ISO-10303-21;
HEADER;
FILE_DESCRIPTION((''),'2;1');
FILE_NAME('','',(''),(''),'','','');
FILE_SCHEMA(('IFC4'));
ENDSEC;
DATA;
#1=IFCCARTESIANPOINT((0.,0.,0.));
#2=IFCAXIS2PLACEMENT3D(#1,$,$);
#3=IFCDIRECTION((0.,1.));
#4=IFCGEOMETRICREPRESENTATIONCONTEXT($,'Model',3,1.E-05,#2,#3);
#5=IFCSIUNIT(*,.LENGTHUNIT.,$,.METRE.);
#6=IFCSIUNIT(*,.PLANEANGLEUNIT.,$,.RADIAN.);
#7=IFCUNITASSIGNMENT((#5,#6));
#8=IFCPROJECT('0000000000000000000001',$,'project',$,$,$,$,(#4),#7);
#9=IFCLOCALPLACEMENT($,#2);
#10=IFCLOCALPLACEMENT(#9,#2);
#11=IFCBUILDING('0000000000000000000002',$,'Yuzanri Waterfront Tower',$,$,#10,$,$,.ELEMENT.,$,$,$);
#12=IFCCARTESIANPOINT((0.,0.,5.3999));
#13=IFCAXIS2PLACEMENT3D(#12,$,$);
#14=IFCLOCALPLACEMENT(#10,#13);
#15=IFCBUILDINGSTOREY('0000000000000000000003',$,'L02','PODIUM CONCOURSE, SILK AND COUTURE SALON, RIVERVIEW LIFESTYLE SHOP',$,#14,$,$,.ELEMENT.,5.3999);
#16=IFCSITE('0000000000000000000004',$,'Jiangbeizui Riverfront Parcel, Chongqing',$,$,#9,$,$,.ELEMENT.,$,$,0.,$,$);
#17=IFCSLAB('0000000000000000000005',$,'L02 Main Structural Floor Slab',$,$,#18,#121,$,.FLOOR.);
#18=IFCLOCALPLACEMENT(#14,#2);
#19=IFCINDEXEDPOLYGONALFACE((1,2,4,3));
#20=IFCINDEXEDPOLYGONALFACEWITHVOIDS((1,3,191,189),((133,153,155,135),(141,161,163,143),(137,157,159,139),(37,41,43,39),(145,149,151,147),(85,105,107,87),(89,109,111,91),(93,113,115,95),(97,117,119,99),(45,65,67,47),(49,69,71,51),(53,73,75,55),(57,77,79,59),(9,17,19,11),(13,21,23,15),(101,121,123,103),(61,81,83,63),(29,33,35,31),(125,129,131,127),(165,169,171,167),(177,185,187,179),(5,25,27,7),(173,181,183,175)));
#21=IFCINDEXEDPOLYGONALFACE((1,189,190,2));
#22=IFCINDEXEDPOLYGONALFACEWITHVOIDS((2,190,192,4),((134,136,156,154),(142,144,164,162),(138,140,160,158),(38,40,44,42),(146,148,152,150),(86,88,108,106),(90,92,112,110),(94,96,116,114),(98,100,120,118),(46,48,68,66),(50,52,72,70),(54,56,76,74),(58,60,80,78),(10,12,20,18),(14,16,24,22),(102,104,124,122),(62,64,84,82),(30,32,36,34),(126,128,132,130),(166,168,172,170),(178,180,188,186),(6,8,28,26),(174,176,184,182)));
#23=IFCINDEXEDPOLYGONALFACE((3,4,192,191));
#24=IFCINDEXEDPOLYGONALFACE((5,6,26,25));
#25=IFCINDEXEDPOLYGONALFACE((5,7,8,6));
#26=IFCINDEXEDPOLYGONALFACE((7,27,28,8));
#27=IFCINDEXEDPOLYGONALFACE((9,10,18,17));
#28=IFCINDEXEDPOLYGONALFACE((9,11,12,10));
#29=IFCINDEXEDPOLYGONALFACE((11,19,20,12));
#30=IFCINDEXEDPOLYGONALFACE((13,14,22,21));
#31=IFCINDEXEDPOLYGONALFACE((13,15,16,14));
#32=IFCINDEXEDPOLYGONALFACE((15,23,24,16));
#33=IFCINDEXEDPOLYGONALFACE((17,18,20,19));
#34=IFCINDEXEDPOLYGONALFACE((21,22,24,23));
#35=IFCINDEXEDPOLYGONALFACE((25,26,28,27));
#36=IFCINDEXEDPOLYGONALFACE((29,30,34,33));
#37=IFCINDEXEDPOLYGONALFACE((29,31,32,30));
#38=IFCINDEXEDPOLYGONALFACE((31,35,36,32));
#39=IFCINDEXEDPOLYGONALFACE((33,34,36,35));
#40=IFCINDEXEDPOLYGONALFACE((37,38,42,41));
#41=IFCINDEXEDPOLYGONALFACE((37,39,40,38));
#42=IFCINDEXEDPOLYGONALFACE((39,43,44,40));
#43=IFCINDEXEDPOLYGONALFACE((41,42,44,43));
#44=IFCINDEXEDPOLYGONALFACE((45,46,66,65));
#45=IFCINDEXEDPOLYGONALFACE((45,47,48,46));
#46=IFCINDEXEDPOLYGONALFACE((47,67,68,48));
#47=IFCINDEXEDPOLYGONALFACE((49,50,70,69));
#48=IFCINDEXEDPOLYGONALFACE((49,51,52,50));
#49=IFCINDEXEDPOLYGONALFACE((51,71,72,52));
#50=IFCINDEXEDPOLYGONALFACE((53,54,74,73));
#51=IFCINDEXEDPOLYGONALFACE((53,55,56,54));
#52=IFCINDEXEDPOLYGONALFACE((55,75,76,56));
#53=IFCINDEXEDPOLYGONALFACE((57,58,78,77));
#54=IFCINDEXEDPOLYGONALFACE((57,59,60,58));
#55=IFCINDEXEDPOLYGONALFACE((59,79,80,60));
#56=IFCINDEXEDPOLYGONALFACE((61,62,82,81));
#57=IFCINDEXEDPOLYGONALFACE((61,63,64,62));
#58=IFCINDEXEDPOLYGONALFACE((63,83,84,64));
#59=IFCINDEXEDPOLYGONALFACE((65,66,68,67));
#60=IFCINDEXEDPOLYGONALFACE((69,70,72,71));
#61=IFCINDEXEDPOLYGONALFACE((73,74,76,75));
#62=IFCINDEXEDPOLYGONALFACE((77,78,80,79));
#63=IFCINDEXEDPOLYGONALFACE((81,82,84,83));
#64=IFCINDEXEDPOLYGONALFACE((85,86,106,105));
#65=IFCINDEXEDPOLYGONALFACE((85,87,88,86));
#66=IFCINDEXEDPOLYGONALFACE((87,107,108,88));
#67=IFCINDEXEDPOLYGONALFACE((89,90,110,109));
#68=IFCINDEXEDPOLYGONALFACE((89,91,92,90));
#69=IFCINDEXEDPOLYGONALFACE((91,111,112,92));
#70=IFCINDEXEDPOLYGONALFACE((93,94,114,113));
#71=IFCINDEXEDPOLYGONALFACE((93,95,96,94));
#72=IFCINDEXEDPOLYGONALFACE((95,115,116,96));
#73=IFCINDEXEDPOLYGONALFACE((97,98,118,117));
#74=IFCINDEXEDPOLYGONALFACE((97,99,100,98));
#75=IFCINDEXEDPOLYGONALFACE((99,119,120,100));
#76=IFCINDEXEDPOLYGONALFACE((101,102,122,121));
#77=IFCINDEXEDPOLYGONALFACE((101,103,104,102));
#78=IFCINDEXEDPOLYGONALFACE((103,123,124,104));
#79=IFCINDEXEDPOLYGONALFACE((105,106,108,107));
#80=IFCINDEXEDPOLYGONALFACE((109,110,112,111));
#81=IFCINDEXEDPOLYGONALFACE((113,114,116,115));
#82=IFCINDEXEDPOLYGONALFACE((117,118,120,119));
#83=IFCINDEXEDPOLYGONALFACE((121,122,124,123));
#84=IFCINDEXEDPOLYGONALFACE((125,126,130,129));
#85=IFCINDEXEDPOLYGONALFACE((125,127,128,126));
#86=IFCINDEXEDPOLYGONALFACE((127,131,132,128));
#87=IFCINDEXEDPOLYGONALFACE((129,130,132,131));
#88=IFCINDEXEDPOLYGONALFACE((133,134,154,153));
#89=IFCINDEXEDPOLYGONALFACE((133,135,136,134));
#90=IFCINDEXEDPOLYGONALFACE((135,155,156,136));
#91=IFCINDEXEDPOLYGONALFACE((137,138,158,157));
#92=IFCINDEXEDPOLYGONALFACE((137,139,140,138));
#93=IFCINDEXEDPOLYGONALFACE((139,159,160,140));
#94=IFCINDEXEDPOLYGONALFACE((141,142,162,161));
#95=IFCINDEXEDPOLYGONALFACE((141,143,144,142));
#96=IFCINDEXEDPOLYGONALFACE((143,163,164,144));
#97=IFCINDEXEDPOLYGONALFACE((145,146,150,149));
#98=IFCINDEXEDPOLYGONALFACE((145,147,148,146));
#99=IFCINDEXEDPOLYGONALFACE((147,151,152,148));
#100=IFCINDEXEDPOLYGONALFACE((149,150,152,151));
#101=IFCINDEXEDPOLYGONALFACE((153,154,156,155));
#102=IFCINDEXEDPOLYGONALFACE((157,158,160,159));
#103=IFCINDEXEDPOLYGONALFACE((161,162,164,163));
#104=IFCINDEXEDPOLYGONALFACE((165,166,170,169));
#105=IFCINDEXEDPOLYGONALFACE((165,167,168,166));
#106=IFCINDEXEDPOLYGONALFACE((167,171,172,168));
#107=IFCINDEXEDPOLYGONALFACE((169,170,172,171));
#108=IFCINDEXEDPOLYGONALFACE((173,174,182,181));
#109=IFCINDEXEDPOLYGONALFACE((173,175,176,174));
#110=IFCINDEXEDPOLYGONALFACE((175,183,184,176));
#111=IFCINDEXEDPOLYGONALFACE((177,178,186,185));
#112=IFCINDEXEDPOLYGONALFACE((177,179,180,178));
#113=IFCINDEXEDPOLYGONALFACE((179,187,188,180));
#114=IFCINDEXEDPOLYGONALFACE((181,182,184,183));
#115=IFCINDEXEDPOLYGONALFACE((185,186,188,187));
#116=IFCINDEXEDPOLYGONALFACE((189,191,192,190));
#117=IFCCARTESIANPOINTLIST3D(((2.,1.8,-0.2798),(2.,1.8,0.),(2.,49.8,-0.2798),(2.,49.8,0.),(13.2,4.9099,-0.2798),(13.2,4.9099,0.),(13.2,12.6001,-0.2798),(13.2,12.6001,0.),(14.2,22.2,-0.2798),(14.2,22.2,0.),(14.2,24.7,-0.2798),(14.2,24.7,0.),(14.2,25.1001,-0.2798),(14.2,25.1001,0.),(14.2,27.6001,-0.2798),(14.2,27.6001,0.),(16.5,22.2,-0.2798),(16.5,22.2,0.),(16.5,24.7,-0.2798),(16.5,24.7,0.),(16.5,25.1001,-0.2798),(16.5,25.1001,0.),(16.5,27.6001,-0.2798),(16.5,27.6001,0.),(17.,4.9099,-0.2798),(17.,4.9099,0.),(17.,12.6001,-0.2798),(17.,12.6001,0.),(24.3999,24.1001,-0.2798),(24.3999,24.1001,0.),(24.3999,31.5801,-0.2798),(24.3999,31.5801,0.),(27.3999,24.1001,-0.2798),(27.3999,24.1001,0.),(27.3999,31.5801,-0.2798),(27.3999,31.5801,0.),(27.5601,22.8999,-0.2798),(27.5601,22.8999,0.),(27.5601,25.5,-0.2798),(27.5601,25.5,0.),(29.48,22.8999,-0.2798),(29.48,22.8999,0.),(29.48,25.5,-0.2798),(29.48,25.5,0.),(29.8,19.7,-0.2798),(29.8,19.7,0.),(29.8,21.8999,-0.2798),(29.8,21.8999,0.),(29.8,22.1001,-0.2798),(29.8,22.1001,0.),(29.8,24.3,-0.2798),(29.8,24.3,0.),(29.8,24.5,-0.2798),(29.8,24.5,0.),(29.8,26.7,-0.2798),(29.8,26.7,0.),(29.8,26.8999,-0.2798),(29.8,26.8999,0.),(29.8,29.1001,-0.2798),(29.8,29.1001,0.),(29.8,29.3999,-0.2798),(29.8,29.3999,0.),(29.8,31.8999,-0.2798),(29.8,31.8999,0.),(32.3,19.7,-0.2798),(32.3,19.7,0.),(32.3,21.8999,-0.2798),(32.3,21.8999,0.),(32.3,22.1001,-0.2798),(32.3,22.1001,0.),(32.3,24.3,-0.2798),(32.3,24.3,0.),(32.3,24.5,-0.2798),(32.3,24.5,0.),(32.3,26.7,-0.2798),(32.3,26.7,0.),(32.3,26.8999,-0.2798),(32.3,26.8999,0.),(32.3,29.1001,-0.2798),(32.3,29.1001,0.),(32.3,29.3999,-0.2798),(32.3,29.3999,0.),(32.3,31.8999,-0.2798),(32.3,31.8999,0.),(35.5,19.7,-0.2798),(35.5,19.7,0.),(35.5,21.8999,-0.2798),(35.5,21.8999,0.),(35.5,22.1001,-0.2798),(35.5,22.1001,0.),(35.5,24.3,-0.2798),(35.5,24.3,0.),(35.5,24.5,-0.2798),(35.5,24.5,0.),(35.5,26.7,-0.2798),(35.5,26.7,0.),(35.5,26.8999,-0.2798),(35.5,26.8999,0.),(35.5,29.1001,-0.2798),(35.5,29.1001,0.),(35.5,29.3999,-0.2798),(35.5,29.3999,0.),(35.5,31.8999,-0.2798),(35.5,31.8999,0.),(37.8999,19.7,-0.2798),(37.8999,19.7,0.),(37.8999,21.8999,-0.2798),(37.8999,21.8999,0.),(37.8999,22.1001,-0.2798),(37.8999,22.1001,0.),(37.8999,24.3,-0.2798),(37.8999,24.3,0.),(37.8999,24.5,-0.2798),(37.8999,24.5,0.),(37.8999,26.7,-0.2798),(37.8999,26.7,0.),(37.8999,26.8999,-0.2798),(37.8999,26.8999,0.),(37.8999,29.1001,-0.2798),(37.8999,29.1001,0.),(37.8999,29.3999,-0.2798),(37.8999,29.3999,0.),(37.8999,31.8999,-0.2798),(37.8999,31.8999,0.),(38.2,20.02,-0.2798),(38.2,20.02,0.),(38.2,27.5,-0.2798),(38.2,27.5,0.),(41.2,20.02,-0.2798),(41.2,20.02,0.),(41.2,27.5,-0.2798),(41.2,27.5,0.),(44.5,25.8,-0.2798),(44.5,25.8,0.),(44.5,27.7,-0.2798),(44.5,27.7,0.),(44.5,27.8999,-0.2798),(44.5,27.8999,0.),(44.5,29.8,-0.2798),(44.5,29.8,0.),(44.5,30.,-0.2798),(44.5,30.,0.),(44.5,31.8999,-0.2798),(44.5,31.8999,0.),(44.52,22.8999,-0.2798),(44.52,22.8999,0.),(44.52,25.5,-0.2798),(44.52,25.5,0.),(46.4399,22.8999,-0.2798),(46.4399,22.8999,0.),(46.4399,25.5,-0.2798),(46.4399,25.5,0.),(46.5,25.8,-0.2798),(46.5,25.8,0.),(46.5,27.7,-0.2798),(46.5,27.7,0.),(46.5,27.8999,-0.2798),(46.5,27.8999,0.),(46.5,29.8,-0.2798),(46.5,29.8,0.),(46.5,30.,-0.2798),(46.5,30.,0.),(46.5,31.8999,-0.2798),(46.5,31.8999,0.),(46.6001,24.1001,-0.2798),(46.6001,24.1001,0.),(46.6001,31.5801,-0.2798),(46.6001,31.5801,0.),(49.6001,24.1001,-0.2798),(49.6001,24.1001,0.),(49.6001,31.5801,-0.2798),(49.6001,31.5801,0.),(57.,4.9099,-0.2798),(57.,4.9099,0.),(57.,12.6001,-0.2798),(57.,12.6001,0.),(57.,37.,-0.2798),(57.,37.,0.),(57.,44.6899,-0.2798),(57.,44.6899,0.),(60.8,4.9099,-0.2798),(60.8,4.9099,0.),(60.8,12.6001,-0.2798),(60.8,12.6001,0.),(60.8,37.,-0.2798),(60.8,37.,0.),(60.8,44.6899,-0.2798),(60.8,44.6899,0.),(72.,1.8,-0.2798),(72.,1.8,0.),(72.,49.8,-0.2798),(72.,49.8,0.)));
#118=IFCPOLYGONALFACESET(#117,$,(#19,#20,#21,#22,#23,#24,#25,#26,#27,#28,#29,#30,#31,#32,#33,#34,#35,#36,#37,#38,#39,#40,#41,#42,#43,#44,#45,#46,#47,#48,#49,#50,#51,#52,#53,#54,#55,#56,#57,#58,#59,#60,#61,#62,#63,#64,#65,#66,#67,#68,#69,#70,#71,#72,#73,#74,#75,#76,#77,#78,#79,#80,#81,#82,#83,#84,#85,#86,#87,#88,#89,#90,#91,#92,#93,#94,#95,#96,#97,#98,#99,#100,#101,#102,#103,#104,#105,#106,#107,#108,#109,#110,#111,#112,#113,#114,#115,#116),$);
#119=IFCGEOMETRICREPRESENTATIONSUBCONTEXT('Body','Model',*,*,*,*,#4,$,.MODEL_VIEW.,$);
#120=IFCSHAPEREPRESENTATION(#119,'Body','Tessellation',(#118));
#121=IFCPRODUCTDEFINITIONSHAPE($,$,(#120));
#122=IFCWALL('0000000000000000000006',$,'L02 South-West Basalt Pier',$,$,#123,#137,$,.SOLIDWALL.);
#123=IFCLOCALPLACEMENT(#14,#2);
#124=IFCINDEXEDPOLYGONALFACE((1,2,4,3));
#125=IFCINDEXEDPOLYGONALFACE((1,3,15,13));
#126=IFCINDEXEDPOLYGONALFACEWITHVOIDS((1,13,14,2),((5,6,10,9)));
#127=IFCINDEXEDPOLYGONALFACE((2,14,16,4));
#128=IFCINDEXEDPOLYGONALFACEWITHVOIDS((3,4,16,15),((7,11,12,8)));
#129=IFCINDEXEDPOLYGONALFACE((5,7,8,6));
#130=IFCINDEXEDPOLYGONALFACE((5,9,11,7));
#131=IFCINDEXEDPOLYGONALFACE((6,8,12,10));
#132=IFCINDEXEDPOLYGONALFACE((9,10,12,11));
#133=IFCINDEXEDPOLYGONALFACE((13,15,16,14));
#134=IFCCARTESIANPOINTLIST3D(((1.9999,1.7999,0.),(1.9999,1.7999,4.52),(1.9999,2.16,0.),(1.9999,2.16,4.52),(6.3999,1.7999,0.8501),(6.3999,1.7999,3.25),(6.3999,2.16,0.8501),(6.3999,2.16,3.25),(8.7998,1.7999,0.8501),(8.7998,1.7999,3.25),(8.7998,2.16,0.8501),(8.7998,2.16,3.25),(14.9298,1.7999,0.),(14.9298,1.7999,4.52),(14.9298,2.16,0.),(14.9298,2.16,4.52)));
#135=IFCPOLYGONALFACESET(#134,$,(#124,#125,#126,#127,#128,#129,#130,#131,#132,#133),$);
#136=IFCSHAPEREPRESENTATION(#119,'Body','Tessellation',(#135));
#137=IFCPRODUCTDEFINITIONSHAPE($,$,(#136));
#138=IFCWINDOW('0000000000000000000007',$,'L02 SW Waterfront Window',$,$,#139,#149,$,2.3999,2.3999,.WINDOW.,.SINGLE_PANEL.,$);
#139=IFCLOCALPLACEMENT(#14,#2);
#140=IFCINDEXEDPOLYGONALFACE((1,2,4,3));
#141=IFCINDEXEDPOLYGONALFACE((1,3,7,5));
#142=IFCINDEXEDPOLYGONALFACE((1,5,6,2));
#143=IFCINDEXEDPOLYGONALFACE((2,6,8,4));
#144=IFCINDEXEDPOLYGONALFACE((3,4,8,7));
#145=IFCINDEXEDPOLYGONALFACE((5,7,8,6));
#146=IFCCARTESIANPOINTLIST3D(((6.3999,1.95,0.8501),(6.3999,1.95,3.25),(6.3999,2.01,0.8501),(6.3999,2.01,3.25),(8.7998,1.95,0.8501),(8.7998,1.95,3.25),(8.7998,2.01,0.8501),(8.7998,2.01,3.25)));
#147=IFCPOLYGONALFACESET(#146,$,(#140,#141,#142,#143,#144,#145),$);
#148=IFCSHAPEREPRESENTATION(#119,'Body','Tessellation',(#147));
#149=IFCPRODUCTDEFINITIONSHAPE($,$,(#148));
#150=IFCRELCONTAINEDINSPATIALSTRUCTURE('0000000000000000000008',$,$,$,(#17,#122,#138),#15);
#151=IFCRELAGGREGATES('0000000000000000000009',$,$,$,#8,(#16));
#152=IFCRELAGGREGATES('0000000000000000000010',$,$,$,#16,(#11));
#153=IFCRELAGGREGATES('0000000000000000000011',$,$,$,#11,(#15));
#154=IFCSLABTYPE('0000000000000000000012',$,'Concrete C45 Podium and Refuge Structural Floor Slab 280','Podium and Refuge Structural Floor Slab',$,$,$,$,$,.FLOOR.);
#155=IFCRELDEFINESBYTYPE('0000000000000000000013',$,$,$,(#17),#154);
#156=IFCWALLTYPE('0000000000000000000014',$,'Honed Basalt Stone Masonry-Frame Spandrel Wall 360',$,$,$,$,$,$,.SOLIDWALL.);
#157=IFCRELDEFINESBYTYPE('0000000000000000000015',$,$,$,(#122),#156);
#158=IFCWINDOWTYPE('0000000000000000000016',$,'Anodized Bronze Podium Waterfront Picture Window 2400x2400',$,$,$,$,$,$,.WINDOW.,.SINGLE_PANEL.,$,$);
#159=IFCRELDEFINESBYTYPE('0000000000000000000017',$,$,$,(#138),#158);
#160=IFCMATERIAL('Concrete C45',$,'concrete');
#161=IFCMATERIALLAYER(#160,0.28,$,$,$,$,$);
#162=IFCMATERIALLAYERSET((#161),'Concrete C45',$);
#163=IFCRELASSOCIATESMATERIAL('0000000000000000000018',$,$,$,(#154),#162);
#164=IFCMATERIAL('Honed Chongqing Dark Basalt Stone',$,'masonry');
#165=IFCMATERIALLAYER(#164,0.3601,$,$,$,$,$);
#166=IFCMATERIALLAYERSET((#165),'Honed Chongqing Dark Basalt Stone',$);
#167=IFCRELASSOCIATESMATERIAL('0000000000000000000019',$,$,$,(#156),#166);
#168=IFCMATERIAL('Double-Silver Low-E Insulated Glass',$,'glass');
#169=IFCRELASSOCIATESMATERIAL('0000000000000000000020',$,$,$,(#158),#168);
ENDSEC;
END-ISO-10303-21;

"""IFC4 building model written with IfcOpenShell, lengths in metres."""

from ifc_helpers import new_model, si_unit, direction, frame, frame_2d, origin, place, context, subcontext, project, spatial, polyline, rectangle, outline, extrude, source, transform, mapped, material, layer, layer_set, type_object, element, fill, save


model = new_model("IFC4")

# Units and contexts
model_context = context("Model", 3, precision=1e-05, world=origin(), true_north=direction((0.0, 1.0)))
body_context = subcontext(model_context, "Body", "Model", "MODEL_VIEW")
ifc_project = project(units=[si_unit("LENGTHUNIT", "METRE"), si_unit("PLANEANGLEUNIT", "RADIAN")], contexts=[model_context])

# Site, building, storey
site_placement = place(None, origin())
site = spatial("IfcSite", under=ifc_project, at=site_placement, Name="Jiangbeizui Riverfront Parcel, Chongqing", CompositionType="ELEMENT", RefElevation=0.0)
building_placement = place(site_placement, origin())
building = spatial("IfcBuilding", under=site, at=building_placement, Name="Yuzanri Waterfront Tower", CompositionType="ELEMENT")
storey_placement = place(building_placement, frame((0.0, 0.0, 5.3999)))
storey = spatial("IfcBuildingStorey", under=building, at=storey_placement, Name="L02", Description="PODIUM CONCOURSE, SILK AND COUTURE SALON, RIVERVIEW LIFESTYLE SHOP", CompositionType="ELEMENT", Elevation=5.3999)

# Slab
ifc_material_1 = material(Name="Concrete C45", Category="concrete")
ifc_layer_1 = layer(ifc_material_1, 0.28)
ifc_layer_set_1 = layer_set([ifc_layer_1], Name="Concrete C45")
slab_type_1 = type_object("IfcSlabType", Name="Concrete C45 Podium and Refuge Structural Floor Slab 280", Description="Podium and Refuge Structural Floor Slab", PredefinedType="FLOOR", material=ifc_layer_set_1)
slab_1_placement = place(storey_placement, frame((0.0, 0.0, -0.2798)))
element("IfcSlab", 1, at=slab_1_placement, inside=storey, type_object=slab_type_1, Name="L02 Main Structural Floor Slab", PredefinedType="FLOOR", context=body_context, shape_type="SweptSolid", body=[
    extrude(outline(polyline([(2.0, 1.8), (72.0, 1.8), (72.0, 49.8), (2.0, 49.8), (2.0, 1.8)]), holes=[polyline([(27.3999, 24.1001), (27.3999, 31.5801), (24.3999, 31.5801), (24.3999, 24.1001), (27.3999, 24.1001)]), polyline([(49.6001, 24.1001), (49.6001, 31.5801), (46.6001, 31.5801), (46.6001, 24.1001), (49.6001, 24.1001)]), polyline([(38.2, 27.5), (38.2, 20.02), (41.2, 20.02), (41.2, 27.5), (38.2, 27.5)]), polyline([(17.0, 4.9099), (17.0, 12.6001), (13.2, 12.6001), (13.2, 4.9099), (17.0, 4.9099)]), polyline([(60.8, 4.9099), (60.8, 12.6001), (57.0, 12.6001), (57.0, 4.9099), (60.8, 4.9099)]), polyline([(57.0, 44.6899), (57.0, 37.0), (60.8, 37.0), (60.8, 44.6899), (57.0, 44.6899)]), polyline([(27.5601, 22.8999), (29.48, 22.8999), (29.48, 25.5), (27.5601, 25.5), (27.5601, 22.8999)]), polyline([(44.52, 22.8999), (46.4399, 22.8999), (46.4399, 25.5), (44.52, 25.5), (44.52, 22.8999)]), polyline([(29.8, 19.7), (32.3, 19.7), (32.3, 21.8999), (29.8, 21.8999), (29.8, 19.7)]), polyline([(29.8, 22.1001), (32.3, 22.1001), (32.3, 24.3), (29.8, 24.3), (29.8, 22.1001)]), polyline([(29.8, 24.5), (32.3, 24.5), (32.3, 26.7), (29.8, 26.7), (29.8, 24.5)]), polyline([(29.8, 26.8999), (32.3, 26.8999), (32.3, 29.1001), (29.8, 29.1001), (29.8, 26.8999)]), polyline([(29.8, 29.3999), (32.3, 29.3999), (32.3, 31.8999), (29.8, 31.8999), (29.8, 29.3999)]), polyline([(35.5, 19.7), (37.8999, 19.7), (37.8999, 21.8999), (35.5, 21.8999), (35.5, 19.7)]), polyline([(35.5, 22.1001), (37.8999, 22.1001), (37.8999, 24.3), (35.5, 24.3), (35.5, 22.1001)]), polyline([(35.5, 24.5), (37.8999, 24.5), (37.8999, 26.7), (35.5, 26.7), (35.5, 24.5)]), polyline([(35.5, 26.8999), (37.8999, 26.8999), (37.8999, 29.1001), (35.5, 29.1001), (35.5, 26.8999)]), polyline([(35.5, 29.3999), (37.8999, 29.3999), (37.8999, 31.8999), (35.5, 31.8999), (35.5, 29.3999)]), polyline([(44.5, 25.8), (46.5, 25.8), (46.5, 27.7), (44.5, 27.7), (44.5, 25.8)]), polyline([(44.5, 27.8999), (46.5, 27.8999), (46.5, 29.8), (44.5, 29.8), (44.5, 27.8999)]), polyline([(44.5, 30.0), (46.5, 30.0), (46.5, 31.8999), (44.5, 31.8999), (44.5, 30.0)]), polyline([(14.2, 22.2), (16.5, 22.2), (16.5, 24.7), (14.2, 24.7), (14.2, 22.2)]), polyline([(14.2, 25.1001), (16.5, 25.1001), (16.5, 27.6001), (14.2, 27.6001), (14.2, 25.1001)])]), origin(), (0.0, 0.0, 1.0), 0.2798),
])

# Wall, opening, window
ifc_material_2 = material(Name="Honed Chongqing Dark Basalt Stone", Category="masonry")
ifc_layer_2 = layer(ifc_material_2, 0.3601)
ifc_layer_set_2 = layer_set([ifc_layer_2], Name="Honed Chongqing Dark Basalt Stone")
wall_type_1 = type_object("IfcWallType", Name="Honed Basalt Stone Masonry-Frame Spandrel Wall 360", PredefinedType="SOLIDWALL", material=ifc_layer_set_2)
wall_1_placement = place(storey_placement, frame((2.0, 1.98, 0.0), z_axis=(0.0, 0.0, 1.0), x_axis=(1.0, 0.0, 0.0)))
wall_1 = element("IfcWall", 2, at=wall_1_placement, inside=storey, type_object=wall_type_1, Name="L02 South-West Basalt Pier", PredefinedType="SOLIDWALL", context=body_context, shape_type="SweptSolid", body=[
    extrude(rectangle(XDim=12.9299, YDim=0.3601, at=frame_2d((6.4648, 0.0))), origin(), (0.0, 0.0, 1.0), 4.52),
])
opening_1_placement = place(wall_1_placement, frame((4.3999, 0.0, 0.8501)))
opening_1 = element("IfcOpeningElement", 3, at=opening_1_placement, cuts=wall_1, PredefinedType="OPENING", context=body_context, shape_type="SweptSolid", body=[
    extrude(rectangle(XDim=2.3999, YDim=2.3999, at=frame_2d((1.2, 1.2))), frame((0.0, 0.1948, 0.0), z_axis=(0.0, -1.0, 0.0), x_axis=(1.0, 0.0, 0.0)), (0.0, 0.0, 1.0), 0.3899),
])
ifc_material_3 = material(Name="Double-Silver Low-E Insulated Glass", Category="glass")
window_type_1 = type_object("IfcWindowType", Name="Anodized Bronze Podium Waterfront Picture Window 2400x2400", PartitioningType="SINGLE_PANEL", PredefinedType="WINDOW", material=ifc_material_3)
shared_shape_1 = source(origin(), body_context, "Body", "SweptSolid", [
    extrude(rectangle(XDim=2.3999, YDim=2.3999, at=frame_2d((1.2, 1.2))), frame((0.0, 0.03, 0.0), z_axis=(0.0, -1.0, 0.0), x_axis=(1.0, 0.0, 0.0)), (0.0, 0.0, 1.0), 0.0601),
])
window_1_placement = place(opening_1_placement, origin())
window_1 = element("IfcWindow", 4, at=window_1_placement, inside=storey, type_object=window_type_1, Name="L02 SW Waterfront Window", OverallHeight=2.3999, OverallWidth=2.3999, PartitioningType="SINGLE_PANEL", PredefinedType="WINDOW", context=body_context, shape_type="MappedRepresentation", body=[
    mapped(shared_shape_1, transform((0.0, 0.0, 0.0), scale=1.0)),
])
fill(opening_1, window_1)

save(model, "model.ifc")
